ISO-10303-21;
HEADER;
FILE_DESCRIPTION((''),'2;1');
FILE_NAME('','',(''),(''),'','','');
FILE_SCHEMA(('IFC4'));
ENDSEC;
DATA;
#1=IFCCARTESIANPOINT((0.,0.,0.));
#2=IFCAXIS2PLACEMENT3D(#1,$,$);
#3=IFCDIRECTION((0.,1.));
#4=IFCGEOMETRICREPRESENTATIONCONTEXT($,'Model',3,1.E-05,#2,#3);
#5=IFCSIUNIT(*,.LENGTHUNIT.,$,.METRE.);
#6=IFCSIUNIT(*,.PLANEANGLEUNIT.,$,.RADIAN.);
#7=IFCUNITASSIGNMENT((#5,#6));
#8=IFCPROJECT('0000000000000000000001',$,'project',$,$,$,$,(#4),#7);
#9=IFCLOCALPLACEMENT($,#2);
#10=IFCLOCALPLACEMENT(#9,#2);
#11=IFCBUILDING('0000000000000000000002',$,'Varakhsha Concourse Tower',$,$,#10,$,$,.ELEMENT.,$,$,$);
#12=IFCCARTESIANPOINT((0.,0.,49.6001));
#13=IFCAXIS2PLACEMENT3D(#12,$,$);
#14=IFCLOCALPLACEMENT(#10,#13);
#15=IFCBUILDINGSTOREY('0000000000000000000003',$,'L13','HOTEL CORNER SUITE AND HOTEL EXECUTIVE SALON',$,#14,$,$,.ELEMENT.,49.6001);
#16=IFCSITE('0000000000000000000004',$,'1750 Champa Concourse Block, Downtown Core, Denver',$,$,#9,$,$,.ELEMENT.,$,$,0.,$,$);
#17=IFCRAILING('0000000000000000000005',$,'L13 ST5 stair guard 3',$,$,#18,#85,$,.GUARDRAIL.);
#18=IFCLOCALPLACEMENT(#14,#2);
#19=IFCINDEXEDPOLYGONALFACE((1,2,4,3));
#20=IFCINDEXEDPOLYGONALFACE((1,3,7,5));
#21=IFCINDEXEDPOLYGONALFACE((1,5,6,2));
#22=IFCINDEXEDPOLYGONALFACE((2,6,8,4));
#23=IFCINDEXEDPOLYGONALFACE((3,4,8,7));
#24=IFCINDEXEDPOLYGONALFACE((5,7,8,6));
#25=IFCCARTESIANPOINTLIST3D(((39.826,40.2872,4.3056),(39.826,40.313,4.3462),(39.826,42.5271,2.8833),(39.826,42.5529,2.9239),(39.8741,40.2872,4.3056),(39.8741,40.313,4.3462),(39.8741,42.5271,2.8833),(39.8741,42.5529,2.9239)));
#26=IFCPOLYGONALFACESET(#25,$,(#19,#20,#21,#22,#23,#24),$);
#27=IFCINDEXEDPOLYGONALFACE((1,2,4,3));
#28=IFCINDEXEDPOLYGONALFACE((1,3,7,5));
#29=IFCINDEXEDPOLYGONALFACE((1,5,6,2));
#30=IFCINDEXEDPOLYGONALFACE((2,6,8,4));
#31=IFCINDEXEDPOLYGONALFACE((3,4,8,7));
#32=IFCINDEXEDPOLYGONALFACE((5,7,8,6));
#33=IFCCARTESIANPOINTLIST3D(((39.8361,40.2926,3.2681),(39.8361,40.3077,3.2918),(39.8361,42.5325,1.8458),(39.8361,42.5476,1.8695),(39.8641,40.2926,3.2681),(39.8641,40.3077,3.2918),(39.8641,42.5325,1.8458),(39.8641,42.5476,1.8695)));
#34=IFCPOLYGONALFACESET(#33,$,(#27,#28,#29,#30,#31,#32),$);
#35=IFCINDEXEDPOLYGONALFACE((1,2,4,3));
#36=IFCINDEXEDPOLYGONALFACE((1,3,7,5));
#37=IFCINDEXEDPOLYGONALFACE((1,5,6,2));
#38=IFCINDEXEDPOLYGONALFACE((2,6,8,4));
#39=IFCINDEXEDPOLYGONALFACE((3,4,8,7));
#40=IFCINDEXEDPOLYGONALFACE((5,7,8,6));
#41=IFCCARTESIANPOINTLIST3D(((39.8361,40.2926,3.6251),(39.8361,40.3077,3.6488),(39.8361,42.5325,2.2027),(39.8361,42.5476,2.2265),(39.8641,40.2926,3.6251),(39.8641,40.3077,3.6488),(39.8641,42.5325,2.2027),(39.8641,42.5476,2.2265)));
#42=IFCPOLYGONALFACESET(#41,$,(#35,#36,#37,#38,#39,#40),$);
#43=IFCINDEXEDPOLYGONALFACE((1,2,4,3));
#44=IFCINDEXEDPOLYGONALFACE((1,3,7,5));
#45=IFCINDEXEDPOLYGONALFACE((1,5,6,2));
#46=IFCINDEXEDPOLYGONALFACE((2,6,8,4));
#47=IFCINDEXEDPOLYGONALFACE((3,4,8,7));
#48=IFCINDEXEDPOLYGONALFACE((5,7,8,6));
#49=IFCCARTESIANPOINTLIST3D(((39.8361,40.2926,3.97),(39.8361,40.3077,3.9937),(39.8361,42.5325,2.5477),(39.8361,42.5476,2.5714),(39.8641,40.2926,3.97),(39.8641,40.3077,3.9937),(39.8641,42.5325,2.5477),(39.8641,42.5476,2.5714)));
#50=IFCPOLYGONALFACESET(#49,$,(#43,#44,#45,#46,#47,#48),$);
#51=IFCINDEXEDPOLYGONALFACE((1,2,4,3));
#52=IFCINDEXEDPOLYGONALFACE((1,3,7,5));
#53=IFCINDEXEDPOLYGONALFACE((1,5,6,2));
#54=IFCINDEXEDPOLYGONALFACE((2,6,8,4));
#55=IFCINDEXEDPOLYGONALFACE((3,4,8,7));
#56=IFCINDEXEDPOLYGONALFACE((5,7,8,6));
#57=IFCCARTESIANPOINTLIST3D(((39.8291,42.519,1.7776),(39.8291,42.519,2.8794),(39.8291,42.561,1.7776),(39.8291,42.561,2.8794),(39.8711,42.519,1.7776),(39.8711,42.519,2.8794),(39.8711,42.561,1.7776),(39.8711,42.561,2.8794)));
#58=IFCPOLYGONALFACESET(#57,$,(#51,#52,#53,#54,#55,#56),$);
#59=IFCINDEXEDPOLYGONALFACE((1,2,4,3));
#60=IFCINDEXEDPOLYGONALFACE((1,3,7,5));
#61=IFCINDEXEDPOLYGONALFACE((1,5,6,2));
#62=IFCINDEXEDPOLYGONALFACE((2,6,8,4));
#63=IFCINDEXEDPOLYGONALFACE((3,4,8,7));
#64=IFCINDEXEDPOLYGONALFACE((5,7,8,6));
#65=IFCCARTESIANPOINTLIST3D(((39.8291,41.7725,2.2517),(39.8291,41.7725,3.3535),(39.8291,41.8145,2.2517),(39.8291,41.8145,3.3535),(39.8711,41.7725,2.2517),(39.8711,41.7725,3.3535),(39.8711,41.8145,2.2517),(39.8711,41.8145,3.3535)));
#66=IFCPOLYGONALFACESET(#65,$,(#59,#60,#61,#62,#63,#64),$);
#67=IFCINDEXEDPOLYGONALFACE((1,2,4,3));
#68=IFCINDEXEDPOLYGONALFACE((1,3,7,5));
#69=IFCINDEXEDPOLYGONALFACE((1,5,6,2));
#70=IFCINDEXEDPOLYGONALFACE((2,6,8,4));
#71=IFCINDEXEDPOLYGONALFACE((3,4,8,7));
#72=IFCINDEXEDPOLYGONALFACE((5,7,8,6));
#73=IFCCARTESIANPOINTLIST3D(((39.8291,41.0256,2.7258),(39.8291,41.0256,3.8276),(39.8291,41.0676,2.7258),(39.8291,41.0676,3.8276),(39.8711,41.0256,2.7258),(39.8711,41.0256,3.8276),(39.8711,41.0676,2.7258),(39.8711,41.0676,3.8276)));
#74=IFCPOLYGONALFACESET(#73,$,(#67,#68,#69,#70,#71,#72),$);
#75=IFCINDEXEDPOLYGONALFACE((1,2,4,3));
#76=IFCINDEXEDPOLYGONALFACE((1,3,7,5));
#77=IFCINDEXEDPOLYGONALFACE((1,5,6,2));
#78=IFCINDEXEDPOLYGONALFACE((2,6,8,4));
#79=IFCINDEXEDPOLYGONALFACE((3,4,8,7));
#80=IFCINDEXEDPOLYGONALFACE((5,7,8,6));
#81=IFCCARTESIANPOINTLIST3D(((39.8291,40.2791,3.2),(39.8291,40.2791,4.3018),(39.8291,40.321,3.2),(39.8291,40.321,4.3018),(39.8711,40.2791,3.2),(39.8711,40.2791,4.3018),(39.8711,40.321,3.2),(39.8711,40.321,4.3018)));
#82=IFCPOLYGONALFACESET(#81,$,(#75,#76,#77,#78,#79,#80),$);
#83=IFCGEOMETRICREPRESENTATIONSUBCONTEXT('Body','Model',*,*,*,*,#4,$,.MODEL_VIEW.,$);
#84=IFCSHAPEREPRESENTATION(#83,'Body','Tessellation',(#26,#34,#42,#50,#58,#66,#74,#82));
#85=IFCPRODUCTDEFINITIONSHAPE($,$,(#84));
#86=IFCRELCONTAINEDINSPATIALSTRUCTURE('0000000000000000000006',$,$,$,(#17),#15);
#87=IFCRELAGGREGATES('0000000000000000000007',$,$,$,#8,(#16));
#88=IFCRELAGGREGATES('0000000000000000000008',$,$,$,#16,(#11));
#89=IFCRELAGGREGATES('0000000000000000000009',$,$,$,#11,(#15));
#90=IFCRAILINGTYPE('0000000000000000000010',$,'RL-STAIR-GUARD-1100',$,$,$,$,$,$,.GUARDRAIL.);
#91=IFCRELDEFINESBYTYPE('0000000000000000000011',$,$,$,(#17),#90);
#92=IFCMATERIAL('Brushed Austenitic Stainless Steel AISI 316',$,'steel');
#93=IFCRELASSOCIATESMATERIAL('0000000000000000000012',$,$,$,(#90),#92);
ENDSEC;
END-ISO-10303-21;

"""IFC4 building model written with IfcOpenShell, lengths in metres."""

from ifc_helpers import new_model, si_unit, direction, frame, origin, origin_2d, place, context, subcontext, project, spatial, rectangle, extrude, material, type_object, element, save


model = new_model("IFC4")

# Units and contexts
model_context = context("Model", 3, precision=1e-05, world=origin(), true_north=direction((0.0, 1.0)))
body_context = subcontext(model_context, "Body", "Model", "MODEL_VIEW")
ifc_project = project(units=[si_unit("LENGTHUNIT", "METRE"), si_unit("PLANEANGLEUNIT", "RADIAN")], contexts=[model_context])

# Site, building, storey
site_placement = place(None, origin())
site = spatial("IfcSite", under=ifc_project, at=site_placement, Name="1750 Champa Concourse Block, Downtown Core, Denver", CompositionType="ELEMENT", RefElevation=0.0)
building_placement = place(site_placement, origin())
building = spatial("IfcBuilding", under=site, at=building_placement, Name="Varakhsha Concourse Tower", CompositionType="ELEMENT")
storey_placement = place(building_placement, frame((0.0, 0.0, 49.6001)))
storey = spatial("IfcBuildingStorey", under=building, at=storey_placement, Name="L13", Description="HOTEL CORNER SUITE AND HOTEL EXECUTIVE SALON", CompositionType="ELEMENT", Elevation=49.6001)

# Railing
ifc_material_1 = material(Name="Brushed Austenitic Stainless Steel AISI 316", Category="steel")
railing_type = type_object("IfcRailingType", Name="RL-STAIR-GUARD-1100", PredefinedType="GUARDRAIL", material=ifc_material_1)
railing_1_placement = place(storey_placement, frame((39.8501, 42.54, 1.7776)))
element("IfcRailing", 1, at=railing_1_placement, inside=storey, type_object=railing_type, Name="L13 ST5 stair guard 3", PredefinedType="GUARDRAIL", context=body_context, shape_type="SweptSolid", body=[
    extrude(rectangle(XDim=0.0481, YDim=0.0481, at=origin_2d()), frame((0.0, 0.0, 1.126), z_axis=(0.0, -0.844188, 0.536048), x_axis=(1.0, 0.0, 0.0)), (0.0, 0.0, 1.0), 2.6533),
    extrude(rectangle(XDim=0.0281, YDim=0.0281, at=origin_2d()), frame((0.0, 0.0, 0.0801), z_axis=(0.0, -0.844188, 0.536048), x_axis=(1.0, 0.0, 0.0)), (0.0, 0.0, 1.0), 2.6533),
    extrude(rectangle(XDim=0.0281, YDim=0.0281, at=origin_2d()), frame((0.0, 0.0, 0.437), z_axis=(0.0, -0.844188, 0.536048), x_axis=(1.0, 0.0, 0.0)), (0.0, 0.0, 1.0), 2.6533),
    extrude(rectangle(XDim=0.0281, YDim=0.0281, at=origin_2d()), frame((0.0, 0.0, 0.782), z_axis=(0.0, -0.844188, 0.536048), x_axis=(1.0, 0.0, 0.0)), (0.0, 0.0, 1.0), 2.6533),
    extrude(rectangle(XDim=0.042, YDim=0.042, at=origin_2d()), origin(), (0.0, 0.0, 1.0), 1.1018),
    extrude(rectangle(XDim=0.042, YDim=0.042, at=origin_2d()), frame((0.0, -0.7466, 0.4741)), (0.0, 0.0, 1.0), 1.1018),
    extrude(rectangle(XDim=0.042, YDim=0.042, at=origin_2d()), frame((0.0, -1.4934, 0.9482)), (0.0, 0.0, 1.0), 1.1018),
    extrude(rectangle(XDim=0.042, YDim=0.042, at=origin_2d()), frame((0.0, -2.24, 1.4224)), (0.0, 0.0, 1.0), 1.1018),
])

save(model, "model.ifc")
